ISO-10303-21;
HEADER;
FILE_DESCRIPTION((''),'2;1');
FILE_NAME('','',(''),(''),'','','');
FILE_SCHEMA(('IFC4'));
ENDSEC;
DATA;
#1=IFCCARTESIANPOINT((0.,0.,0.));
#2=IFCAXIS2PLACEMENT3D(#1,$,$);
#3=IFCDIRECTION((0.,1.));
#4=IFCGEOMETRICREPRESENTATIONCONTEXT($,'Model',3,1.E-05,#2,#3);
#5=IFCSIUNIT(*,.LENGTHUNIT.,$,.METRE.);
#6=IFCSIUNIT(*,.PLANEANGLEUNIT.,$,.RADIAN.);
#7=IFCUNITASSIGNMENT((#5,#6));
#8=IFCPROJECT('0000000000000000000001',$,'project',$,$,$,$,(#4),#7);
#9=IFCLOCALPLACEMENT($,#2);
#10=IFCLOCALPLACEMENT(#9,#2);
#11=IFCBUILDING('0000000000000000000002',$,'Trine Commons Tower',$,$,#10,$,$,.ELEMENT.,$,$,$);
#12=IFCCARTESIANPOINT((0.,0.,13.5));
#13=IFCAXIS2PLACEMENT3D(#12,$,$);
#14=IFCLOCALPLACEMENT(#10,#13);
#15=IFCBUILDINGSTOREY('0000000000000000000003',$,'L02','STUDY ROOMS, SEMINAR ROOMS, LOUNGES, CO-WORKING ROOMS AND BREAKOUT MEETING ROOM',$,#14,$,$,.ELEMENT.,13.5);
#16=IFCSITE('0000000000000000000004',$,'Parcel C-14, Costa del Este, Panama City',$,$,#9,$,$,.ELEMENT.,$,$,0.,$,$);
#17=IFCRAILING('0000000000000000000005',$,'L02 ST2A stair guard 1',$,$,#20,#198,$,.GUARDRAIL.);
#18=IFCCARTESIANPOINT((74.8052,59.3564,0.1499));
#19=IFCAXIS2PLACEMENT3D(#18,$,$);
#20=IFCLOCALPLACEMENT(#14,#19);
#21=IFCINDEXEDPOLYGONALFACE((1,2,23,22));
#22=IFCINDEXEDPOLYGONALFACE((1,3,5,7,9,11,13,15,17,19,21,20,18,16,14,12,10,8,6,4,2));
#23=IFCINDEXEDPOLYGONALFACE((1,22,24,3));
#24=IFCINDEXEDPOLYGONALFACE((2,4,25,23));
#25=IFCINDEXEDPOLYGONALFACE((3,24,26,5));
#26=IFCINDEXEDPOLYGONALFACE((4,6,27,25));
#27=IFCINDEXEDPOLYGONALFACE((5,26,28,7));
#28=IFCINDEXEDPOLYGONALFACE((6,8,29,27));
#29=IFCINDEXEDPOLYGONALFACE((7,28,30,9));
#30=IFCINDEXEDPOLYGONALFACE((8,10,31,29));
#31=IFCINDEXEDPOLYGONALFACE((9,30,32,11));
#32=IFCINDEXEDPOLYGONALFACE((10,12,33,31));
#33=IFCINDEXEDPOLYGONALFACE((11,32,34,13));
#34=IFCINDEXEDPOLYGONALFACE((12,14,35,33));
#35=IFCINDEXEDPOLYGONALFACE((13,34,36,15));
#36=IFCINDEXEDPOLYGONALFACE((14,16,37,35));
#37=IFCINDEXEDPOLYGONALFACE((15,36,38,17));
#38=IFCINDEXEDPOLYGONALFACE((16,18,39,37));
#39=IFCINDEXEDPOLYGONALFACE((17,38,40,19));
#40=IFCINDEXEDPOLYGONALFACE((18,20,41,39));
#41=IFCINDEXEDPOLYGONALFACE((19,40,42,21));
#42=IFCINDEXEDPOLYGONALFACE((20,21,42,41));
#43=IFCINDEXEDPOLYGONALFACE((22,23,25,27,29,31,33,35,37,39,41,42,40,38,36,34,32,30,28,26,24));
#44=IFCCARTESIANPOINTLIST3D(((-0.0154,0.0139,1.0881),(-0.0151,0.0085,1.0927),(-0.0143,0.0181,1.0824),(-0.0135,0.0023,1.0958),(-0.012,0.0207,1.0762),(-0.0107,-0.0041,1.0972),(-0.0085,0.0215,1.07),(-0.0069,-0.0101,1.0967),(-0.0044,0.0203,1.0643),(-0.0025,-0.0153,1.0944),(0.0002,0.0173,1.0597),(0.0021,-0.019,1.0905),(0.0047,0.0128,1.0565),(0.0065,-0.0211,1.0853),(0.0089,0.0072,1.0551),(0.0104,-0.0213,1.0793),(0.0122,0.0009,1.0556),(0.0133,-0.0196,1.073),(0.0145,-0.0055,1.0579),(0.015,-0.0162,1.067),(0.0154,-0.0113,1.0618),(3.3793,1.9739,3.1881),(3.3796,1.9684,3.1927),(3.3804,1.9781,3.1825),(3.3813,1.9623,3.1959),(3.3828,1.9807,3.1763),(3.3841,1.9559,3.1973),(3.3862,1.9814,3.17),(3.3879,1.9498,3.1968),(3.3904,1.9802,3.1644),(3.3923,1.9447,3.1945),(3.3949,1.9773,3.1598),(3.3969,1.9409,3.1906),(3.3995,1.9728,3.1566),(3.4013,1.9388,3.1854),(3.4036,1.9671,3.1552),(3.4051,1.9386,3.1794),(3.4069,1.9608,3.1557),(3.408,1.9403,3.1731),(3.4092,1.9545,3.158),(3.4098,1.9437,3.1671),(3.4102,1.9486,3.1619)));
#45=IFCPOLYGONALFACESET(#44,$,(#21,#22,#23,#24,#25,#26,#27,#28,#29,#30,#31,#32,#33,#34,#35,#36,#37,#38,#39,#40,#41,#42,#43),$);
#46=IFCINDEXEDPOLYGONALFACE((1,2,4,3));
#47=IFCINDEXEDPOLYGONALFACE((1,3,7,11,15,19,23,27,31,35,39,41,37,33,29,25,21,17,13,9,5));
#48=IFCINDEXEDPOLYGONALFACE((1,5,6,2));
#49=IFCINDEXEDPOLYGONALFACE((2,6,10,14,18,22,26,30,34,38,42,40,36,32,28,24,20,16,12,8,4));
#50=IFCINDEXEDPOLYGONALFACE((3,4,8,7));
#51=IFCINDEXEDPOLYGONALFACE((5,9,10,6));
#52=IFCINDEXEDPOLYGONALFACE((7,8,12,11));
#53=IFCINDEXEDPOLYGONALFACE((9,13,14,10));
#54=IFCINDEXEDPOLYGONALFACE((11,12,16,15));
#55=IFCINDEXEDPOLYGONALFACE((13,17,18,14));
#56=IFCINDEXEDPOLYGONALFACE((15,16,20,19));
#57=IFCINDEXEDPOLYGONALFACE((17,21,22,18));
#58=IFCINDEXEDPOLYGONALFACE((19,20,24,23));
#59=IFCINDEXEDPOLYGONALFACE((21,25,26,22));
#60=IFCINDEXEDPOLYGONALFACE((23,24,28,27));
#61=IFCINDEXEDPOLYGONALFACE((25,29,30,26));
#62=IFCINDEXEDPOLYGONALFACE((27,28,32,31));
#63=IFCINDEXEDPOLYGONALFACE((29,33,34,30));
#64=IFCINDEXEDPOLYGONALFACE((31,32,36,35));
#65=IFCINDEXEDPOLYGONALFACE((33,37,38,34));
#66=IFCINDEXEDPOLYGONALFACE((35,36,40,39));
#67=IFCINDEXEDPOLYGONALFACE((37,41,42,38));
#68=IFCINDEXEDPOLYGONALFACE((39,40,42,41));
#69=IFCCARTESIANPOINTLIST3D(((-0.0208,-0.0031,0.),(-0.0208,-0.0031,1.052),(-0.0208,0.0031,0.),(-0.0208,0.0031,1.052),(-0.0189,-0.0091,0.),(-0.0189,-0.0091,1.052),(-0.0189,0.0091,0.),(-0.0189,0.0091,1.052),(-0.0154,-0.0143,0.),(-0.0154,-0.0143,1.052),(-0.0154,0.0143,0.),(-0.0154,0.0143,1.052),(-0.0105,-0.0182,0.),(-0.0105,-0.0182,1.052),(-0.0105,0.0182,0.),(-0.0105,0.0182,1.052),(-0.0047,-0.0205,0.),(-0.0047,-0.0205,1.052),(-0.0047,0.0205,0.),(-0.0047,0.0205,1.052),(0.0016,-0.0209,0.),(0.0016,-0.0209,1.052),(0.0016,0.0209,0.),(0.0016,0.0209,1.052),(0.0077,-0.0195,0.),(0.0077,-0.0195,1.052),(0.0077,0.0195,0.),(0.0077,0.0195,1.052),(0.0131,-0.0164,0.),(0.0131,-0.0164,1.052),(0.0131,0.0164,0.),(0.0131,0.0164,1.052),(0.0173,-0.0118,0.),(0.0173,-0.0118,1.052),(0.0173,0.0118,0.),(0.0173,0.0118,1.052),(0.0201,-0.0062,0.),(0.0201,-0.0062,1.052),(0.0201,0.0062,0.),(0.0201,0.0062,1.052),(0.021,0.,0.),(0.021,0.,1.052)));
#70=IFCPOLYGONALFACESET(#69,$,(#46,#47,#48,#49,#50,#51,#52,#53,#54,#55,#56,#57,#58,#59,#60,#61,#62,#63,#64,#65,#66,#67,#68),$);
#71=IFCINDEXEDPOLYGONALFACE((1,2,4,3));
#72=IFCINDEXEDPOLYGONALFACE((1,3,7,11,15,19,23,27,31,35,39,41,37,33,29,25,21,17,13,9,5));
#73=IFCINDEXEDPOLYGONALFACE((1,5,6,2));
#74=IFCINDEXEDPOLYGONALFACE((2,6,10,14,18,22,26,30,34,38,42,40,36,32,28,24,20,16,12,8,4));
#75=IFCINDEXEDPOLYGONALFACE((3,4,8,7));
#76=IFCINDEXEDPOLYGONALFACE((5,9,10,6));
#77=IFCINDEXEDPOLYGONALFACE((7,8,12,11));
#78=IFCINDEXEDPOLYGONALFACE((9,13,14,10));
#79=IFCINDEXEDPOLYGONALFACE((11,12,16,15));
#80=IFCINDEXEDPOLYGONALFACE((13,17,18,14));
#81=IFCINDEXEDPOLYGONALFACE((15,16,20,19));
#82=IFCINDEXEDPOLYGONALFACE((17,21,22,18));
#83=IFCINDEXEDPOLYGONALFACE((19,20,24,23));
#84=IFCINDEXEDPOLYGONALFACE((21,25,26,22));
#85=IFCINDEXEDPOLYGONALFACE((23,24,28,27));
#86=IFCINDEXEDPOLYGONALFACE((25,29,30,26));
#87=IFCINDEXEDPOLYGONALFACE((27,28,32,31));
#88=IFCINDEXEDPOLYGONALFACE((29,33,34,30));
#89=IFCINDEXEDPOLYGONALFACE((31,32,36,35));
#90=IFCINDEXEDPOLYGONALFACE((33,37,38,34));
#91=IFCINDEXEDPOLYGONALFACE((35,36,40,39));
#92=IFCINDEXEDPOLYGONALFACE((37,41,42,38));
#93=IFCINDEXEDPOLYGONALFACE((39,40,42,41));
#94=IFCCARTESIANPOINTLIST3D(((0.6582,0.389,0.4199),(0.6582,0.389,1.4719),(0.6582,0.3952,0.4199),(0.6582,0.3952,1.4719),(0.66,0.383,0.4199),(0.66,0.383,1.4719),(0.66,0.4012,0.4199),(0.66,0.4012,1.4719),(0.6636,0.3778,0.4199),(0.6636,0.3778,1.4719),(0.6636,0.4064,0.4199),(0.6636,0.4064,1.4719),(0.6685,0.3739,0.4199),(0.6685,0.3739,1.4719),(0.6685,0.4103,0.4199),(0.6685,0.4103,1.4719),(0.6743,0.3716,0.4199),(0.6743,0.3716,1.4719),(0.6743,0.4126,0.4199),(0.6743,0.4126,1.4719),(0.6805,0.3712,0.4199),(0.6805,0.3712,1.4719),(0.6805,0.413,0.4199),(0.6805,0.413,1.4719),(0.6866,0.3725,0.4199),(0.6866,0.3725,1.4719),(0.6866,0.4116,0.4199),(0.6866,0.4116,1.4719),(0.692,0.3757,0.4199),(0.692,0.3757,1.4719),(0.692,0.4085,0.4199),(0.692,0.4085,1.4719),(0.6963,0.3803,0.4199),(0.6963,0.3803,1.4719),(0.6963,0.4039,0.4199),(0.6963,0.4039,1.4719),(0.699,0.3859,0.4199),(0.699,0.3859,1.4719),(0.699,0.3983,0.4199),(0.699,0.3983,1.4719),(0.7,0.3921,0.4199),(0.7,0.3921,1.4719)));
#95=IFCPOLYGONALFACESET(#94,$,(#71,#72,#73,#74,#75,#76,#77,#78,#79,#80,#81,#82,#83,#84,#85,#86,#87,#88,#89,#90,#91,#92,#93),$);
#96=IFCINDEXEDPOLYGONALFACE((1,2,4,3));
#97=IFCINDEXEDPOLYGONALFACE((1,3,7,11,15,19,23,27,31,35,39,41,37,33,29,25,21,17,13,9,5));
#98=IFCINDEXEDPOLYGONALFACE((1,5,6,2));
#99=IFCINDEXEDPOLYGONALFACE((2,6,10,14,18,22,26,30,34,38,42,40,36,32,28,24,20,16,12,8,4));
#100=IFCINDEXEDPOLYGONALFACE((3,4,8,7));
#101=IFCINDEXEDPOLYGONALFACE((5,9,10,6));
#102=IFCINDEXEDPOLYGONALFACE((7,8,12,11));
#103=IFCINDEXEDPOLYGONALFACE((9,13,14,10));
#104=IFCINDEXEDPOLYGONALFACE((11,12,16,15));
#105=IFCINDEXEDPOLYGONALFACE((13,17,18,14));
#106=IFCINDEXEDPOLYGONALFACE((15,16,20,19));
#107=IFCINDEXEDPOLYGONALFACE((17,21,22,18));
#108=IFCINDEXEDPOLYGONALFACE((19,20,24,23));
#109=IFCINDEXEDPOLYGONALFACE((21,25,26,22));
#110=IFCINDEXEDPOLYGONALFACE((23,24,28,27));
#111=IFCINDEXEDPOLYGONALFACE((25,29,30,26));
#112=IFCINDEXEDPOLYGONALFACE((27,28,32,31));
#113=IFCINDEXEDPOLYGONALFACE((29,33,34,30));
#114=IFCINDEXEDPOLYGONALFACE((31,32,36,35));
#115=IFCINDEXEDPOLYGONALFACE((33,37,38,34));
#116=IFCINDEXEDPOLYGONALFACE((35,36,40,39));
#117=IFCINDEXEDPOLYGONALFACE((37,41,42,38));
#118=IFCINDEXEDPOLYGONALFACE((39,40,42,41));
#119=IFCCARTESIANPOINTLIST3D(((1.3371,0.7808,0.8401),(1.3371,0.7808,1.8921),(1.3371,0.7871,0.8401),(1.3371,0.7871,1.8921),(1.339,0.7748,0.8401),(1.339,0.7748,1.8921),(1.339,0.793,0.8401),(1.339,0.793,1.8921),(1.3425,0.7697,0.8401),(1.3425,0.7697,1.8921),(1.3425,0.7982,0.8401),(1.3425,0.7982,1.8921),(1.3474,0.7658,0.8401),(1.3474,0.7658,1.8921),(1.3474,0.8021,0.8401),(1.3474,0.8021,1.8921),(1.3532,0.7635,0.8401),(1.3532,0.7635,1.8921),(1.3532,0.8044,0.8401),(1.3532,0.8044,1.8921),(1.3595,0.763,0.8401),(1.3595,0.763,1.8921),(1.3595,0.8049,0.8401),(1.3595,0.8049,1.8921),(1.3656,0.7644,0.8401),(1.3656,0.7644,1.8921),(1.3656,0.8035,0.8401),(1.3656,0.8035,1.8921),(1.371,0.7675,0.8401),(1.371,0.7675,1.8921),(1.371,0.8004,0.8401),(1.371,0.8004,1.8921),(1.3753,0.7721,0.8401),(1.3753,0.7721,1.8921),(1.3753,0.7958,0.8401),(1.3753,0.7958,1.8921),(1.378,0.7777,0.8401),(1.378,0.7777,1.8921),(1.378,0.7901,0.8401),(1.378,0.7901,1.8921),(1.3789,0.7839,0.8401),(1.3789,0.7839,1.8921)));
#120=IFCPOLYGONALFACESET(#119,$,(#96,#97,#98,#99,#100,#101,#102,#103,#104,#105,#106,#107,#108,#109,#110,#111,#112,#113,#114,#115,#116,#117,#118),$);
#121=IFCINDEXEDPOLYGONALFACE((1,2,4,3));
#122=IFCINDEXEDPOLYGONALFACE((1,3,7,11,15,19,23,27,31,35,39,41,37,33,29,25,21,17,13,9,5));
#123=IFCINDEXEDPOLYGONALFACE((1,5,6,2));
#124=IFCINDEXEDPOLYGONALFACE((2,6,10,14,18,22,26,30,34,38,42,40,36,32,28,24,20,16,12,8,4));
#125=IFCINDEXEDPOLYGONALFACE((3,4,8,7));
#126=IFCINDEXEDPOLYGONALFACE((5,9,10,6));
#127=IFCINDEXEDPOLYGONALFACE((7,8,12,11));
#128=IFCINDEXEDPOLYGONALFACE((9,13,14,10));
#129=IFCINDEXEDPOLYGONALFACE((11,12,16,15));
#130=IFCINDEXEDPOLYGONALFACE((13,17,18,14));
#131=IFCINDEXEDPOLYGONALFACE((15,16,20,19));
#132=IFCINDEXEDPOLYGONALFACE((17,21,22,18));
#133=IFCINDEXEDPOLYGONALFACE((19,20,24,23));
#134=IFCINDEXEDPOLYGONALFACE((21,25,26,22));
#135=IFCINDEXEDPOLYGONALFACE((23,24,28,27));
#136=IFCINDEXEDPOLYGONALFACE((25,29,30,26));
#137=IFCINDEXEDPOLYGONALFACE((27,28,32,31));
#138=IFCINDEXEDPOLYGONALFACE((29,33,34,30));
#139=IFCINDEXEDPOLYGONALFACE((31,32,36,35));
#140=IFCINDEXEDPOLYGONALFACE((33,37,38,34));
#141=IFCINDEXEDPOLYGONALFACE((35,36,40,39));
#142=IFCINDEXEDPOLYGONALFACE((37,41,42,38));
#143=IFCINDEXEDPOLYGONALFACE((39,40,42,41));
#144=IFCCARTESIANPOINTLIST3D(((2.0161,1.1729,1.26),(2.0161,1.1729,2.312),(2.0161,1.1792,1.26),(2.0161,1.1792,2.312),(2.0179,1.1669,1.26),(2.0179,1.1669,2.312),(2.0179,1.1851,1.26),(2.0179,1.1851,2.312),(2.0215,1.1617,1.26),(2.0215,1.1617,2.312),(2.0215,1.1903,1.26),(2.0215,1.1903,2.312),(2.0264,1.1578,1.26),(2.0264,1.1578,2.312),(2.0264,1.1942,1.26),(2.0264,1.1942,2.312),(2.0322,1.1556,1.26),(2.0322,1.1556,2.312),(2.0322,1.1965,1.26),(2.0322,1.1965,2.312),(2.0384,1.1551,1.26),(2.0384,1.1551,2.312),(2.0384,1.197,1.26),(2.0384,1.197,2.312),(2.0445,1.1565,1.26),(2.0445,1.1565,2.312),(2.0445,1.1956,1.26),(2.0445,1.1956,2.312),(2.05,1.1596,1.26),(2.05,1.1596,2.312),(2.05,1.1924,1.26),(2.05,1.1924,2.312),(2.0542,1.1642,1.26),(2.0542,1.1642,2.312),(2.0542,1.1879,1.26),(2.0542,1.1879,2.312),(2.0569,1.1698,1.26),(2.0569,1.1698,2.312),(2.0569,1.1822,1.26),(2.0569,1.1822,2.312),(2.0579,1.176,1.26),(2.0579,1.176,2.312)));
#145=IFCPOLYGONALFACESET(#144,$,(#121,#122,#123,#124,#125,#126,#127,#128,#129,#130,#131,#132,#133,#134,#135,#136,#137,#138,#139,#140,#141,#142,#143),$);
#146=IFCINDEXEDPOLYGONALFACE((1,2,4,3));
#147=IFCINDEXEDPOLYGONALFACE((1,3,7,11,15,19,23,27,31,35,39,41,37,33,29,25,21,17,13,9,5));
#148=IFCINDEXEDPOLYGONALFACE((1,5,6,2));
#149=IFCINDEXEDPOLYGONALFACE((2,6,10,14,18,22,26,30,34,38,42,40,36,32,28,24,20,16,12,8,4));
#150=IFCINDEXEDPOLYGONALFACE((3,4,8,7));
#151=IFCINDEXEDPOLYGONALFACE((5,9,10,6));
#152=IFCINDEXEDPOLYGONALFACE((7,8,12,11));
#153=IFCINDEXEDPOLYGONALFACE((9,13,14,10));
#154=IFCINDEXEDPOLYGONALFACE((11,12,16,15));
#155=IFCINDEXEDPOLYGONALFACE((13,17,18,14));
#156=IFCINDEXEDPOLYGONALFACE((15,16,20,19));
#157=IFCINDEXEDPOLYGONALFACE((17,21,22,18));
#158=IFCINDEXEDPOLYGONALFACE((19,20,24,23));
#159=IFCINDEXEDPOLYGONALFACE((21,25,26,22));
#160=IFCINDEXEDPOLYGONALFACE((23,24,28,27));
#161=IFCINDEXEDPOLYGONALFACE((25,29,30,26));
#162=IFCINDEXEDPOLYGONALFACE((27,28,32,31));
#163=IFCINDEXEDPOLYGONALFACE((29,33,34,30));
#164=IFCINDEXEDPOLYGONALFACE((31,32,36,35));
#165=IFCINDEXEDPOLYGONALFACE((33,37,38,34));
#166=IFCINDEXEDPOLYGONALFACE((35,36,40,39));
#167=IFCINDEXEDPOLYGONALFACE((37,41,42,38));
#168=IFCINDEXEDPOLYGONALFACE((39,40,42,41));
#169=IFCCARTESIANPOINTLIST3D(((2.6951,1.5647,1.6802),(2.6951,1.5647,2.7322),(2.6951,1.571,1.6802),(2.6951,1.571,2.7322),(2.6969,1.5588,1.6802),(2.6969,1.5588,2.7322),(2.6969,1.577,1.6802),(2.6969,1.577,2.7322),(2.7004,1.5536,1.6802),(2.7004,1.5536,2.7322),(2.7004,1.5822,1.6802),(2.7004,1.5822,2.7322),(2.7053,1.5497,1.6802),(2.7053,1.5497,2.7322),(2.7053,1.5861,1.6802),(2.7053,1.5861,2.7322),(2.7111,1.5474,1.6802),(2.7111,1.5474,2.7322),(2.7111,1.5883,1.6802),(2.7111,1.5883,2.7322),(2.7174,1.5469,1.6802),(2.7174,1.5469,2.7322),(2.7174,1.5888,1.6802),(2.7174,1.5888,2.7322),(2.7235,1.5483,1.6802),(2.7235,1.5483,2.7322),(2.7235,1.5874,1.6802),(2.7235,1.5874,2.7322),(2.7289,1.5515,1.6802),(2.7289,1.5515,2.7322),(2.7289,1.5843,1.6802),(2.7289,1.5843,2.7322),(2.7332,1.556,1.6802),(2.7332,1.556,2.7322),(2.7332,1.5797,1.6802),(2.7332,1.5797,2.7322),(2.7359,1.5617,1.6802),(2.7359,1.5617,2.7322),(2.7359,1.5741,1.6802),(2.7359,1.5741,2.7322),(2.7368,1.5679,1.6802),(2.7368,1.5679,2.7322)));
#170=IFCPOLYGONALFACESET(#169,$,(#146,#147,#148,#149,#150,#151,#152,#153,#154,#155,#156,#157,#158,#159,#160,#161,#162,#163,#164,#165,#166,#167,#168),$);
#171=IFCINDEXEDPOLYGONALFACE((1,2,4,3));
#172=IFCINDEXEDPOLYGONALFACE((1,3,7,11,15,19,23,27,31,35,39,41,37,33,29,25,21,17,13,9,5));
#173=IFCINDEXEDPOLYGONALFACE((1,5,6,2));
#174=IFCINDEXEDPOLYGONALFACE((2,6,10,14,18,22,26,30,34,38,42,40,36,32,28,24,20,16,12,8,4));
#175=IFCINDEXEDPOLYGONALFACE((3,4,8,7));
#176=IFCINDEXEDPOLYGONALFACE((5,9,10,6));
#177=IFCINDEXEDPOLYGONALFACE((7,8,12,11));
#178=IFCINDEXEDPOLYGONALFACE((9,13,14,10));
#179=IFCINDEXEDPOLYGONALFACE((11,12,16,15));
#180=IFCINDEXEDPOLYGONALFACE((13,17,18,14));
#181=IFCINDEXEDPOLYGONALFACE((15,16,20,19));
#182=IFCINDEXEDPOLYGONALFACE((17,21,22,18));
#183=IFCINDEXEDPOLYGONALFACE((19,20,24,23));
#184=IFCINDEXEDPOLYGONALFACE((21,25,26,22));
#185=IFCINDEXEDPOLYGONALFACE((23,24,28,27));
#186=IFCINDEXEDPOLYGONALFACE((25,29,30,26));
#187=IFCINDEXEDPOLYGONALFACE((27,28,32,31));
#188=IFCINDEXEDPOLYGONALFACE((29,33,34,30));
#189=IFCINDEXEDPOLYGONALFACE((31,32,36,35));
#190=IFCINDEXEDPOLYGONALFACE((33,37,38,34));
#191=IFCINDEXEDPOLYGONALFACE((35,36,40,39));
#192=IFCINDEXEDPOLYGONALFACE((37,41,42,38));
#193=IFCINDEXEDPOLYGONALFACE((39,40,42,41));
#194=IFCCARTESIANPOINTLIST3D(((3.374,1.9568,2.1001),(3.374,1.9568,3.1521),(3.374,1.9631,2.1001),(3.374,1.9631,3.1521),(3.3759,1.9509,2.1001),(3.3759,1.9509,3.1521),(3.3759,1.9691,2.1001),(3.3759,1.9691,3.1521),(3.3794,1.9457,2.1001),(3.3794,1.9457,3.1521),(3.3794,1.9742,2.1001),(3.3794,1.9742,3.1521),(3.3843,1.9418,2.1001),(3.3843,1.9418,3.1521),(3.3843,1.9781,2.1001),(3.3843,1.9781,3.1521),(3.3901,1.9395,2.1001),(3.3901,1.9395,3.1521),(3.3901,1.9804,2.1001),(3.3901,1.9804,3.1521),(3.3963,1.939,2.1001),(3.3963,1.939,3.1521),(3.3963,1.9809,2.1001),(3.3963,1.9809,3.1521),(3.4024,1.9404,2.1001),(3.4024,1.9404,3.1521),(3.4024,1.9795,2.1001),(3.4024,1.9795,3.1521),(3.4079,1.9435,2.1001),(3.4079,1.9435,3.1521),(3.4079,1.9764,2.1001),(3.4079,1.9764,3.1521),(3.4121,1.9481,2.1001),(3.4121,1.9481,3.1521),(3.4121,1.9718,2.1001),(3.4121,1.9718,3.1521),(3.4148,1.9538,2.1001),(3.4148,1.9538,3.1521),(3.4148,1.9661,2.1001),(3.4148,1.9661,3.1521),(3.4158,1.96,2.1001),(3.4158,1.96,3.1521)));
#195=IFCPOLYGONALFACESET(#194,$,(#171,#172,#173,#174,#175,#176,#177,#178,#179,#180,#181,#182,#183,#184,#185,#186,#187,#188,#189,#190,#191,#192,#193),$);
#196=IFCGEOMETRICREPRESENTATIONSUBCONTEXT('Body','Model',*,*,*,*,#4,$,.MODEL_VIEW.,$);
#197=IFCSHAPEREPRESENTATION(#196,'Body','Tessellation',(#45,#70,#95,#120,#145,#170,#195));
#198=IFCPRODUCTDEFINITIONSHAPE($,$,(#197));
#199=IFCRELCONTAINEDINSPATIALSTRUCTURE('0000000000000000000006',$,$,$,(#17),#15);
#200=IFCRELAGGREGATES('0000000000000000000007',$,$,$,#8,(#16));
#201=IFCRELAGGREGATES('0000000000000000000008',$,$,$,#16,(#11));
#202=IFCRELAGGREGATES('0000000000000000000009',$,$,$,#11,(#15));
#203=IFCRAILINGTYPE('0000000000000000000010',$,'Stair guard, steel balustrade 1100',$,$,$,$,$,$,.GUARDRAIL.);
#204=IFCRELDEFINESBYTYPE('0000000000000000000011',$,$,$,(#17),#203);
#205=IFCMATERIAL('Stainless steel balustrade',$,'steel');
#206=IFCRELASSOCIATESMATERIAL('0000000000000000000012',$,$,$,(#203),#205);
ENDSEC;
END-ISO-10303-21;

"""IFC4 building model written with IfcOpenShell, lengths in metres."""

from ifc_helpers import new_model, si_unit, direction, frame, origin, origin_2d, place, context, subcontext, project, spatial, circle, extrude, material, type_object, element, save


model = new_model("IFC4")

# Units and contexts
model_context = context("Model", 3, precision=1e-05, world=origin(), true_north=direction((0.0, 1.0)))
body_context = subcontext(model_context, "Body", "Model", "MODEL_VIEW")
ifc_project = project(units=[si_unit("LENGTHUNIT", "METRE"), si_unit("PLANEANGLEUNIT", "RADIAN")], contexts=[model_context])

# Site, building, storey
site_placement = place(None, origin())
site = spatial("IfcSite", under=ifc_project, at=site_placement, Name="Parcel C-14, Costa del Este, Panama City", CompositionType="ELEMENT", RefElevation=0.0)
building_placement = place(site_placement, origin())
building = spatial("IfcBuilding", under=site, at=building_placement, Name="Trine Commons Tower", CompositionType="ELEMENT")
storey_placement = place(building_placement, frame((0.0, 0.0, 13.5)))
storey = spatial("IfcBuildingStorey", under=building, at=storey_placement, Name="L02", Description="STUDY ROOMS, SEMINAR ROOMS, LOUNGES, CO-WORKING ROOMS AND BREAKOUT MEETING ROOM", CompositionType="ELEMENT", Elevation=13.5)

# Railing
ifc_material_1 = material(Name="Stainless steel balustrade", Category="steel")
railing_type_1 = type_object("IfcRailingType", Name="Stair guard, steel balustrade 1100", PredefinedType="GUARDRAIL", material=ifc_material_1)
railing_1_placement = place(storey_placement, frame((74.8052, 59.3564, 0.1499)))
element("IfcRailing", 1, at=railing_1_placement, inside=storey, type_object=railing_type_1, Name="L02 ST2A stair guard 1", PredefinedType="GUARDRAIL", context=body_context, shape_type="SweptSolid", body=[
    extrude(circle(Radius=0.0239, at=origin_2d()), frame((0.0, 0.0, 1.0762), z_axis=(0.763375, 0.440732, 0.472244), x_axis=(-0.499997, 0.866027, 0.0)), (0.0, 0.0, 1.0), 4.447),
    extrude(circle(Radius=0.021, at=origin_2d()), origin(), (0.0, 0.0, 1.0), 1.052),
    extrude(circle(Radius=0.021, at=origin_2d()), frame((0.679, 0.3921, 0.4199)), (0.0, 0.0, 1.0), 1.052),
    extrude(circle(Radius=0.021, at=origin_2d()), frame((1.3579, 0.7839, 0.8401)), (0.0, 0.0, 1.0), 1.052),
    extrude(circle(Radius=0.021, at=origin_2d()), frame((2.0369, 1.176, 1.26)), (0.0, 0.0, 1.0), 1.052),
    extrude(circle(Radius=0.021, at=origin_2d()), frame((2.7158, 1.5679, 1.6802)), (0.0, 0.0, 1.0), 1.052),
    extrude(circle(Radius=0.021, at=origin_2d()), frame((3.3948, 1.96, 2.1001)), (0.0, 0.0, 1.0), 1.052),
])

save(model, "model.ifc")
